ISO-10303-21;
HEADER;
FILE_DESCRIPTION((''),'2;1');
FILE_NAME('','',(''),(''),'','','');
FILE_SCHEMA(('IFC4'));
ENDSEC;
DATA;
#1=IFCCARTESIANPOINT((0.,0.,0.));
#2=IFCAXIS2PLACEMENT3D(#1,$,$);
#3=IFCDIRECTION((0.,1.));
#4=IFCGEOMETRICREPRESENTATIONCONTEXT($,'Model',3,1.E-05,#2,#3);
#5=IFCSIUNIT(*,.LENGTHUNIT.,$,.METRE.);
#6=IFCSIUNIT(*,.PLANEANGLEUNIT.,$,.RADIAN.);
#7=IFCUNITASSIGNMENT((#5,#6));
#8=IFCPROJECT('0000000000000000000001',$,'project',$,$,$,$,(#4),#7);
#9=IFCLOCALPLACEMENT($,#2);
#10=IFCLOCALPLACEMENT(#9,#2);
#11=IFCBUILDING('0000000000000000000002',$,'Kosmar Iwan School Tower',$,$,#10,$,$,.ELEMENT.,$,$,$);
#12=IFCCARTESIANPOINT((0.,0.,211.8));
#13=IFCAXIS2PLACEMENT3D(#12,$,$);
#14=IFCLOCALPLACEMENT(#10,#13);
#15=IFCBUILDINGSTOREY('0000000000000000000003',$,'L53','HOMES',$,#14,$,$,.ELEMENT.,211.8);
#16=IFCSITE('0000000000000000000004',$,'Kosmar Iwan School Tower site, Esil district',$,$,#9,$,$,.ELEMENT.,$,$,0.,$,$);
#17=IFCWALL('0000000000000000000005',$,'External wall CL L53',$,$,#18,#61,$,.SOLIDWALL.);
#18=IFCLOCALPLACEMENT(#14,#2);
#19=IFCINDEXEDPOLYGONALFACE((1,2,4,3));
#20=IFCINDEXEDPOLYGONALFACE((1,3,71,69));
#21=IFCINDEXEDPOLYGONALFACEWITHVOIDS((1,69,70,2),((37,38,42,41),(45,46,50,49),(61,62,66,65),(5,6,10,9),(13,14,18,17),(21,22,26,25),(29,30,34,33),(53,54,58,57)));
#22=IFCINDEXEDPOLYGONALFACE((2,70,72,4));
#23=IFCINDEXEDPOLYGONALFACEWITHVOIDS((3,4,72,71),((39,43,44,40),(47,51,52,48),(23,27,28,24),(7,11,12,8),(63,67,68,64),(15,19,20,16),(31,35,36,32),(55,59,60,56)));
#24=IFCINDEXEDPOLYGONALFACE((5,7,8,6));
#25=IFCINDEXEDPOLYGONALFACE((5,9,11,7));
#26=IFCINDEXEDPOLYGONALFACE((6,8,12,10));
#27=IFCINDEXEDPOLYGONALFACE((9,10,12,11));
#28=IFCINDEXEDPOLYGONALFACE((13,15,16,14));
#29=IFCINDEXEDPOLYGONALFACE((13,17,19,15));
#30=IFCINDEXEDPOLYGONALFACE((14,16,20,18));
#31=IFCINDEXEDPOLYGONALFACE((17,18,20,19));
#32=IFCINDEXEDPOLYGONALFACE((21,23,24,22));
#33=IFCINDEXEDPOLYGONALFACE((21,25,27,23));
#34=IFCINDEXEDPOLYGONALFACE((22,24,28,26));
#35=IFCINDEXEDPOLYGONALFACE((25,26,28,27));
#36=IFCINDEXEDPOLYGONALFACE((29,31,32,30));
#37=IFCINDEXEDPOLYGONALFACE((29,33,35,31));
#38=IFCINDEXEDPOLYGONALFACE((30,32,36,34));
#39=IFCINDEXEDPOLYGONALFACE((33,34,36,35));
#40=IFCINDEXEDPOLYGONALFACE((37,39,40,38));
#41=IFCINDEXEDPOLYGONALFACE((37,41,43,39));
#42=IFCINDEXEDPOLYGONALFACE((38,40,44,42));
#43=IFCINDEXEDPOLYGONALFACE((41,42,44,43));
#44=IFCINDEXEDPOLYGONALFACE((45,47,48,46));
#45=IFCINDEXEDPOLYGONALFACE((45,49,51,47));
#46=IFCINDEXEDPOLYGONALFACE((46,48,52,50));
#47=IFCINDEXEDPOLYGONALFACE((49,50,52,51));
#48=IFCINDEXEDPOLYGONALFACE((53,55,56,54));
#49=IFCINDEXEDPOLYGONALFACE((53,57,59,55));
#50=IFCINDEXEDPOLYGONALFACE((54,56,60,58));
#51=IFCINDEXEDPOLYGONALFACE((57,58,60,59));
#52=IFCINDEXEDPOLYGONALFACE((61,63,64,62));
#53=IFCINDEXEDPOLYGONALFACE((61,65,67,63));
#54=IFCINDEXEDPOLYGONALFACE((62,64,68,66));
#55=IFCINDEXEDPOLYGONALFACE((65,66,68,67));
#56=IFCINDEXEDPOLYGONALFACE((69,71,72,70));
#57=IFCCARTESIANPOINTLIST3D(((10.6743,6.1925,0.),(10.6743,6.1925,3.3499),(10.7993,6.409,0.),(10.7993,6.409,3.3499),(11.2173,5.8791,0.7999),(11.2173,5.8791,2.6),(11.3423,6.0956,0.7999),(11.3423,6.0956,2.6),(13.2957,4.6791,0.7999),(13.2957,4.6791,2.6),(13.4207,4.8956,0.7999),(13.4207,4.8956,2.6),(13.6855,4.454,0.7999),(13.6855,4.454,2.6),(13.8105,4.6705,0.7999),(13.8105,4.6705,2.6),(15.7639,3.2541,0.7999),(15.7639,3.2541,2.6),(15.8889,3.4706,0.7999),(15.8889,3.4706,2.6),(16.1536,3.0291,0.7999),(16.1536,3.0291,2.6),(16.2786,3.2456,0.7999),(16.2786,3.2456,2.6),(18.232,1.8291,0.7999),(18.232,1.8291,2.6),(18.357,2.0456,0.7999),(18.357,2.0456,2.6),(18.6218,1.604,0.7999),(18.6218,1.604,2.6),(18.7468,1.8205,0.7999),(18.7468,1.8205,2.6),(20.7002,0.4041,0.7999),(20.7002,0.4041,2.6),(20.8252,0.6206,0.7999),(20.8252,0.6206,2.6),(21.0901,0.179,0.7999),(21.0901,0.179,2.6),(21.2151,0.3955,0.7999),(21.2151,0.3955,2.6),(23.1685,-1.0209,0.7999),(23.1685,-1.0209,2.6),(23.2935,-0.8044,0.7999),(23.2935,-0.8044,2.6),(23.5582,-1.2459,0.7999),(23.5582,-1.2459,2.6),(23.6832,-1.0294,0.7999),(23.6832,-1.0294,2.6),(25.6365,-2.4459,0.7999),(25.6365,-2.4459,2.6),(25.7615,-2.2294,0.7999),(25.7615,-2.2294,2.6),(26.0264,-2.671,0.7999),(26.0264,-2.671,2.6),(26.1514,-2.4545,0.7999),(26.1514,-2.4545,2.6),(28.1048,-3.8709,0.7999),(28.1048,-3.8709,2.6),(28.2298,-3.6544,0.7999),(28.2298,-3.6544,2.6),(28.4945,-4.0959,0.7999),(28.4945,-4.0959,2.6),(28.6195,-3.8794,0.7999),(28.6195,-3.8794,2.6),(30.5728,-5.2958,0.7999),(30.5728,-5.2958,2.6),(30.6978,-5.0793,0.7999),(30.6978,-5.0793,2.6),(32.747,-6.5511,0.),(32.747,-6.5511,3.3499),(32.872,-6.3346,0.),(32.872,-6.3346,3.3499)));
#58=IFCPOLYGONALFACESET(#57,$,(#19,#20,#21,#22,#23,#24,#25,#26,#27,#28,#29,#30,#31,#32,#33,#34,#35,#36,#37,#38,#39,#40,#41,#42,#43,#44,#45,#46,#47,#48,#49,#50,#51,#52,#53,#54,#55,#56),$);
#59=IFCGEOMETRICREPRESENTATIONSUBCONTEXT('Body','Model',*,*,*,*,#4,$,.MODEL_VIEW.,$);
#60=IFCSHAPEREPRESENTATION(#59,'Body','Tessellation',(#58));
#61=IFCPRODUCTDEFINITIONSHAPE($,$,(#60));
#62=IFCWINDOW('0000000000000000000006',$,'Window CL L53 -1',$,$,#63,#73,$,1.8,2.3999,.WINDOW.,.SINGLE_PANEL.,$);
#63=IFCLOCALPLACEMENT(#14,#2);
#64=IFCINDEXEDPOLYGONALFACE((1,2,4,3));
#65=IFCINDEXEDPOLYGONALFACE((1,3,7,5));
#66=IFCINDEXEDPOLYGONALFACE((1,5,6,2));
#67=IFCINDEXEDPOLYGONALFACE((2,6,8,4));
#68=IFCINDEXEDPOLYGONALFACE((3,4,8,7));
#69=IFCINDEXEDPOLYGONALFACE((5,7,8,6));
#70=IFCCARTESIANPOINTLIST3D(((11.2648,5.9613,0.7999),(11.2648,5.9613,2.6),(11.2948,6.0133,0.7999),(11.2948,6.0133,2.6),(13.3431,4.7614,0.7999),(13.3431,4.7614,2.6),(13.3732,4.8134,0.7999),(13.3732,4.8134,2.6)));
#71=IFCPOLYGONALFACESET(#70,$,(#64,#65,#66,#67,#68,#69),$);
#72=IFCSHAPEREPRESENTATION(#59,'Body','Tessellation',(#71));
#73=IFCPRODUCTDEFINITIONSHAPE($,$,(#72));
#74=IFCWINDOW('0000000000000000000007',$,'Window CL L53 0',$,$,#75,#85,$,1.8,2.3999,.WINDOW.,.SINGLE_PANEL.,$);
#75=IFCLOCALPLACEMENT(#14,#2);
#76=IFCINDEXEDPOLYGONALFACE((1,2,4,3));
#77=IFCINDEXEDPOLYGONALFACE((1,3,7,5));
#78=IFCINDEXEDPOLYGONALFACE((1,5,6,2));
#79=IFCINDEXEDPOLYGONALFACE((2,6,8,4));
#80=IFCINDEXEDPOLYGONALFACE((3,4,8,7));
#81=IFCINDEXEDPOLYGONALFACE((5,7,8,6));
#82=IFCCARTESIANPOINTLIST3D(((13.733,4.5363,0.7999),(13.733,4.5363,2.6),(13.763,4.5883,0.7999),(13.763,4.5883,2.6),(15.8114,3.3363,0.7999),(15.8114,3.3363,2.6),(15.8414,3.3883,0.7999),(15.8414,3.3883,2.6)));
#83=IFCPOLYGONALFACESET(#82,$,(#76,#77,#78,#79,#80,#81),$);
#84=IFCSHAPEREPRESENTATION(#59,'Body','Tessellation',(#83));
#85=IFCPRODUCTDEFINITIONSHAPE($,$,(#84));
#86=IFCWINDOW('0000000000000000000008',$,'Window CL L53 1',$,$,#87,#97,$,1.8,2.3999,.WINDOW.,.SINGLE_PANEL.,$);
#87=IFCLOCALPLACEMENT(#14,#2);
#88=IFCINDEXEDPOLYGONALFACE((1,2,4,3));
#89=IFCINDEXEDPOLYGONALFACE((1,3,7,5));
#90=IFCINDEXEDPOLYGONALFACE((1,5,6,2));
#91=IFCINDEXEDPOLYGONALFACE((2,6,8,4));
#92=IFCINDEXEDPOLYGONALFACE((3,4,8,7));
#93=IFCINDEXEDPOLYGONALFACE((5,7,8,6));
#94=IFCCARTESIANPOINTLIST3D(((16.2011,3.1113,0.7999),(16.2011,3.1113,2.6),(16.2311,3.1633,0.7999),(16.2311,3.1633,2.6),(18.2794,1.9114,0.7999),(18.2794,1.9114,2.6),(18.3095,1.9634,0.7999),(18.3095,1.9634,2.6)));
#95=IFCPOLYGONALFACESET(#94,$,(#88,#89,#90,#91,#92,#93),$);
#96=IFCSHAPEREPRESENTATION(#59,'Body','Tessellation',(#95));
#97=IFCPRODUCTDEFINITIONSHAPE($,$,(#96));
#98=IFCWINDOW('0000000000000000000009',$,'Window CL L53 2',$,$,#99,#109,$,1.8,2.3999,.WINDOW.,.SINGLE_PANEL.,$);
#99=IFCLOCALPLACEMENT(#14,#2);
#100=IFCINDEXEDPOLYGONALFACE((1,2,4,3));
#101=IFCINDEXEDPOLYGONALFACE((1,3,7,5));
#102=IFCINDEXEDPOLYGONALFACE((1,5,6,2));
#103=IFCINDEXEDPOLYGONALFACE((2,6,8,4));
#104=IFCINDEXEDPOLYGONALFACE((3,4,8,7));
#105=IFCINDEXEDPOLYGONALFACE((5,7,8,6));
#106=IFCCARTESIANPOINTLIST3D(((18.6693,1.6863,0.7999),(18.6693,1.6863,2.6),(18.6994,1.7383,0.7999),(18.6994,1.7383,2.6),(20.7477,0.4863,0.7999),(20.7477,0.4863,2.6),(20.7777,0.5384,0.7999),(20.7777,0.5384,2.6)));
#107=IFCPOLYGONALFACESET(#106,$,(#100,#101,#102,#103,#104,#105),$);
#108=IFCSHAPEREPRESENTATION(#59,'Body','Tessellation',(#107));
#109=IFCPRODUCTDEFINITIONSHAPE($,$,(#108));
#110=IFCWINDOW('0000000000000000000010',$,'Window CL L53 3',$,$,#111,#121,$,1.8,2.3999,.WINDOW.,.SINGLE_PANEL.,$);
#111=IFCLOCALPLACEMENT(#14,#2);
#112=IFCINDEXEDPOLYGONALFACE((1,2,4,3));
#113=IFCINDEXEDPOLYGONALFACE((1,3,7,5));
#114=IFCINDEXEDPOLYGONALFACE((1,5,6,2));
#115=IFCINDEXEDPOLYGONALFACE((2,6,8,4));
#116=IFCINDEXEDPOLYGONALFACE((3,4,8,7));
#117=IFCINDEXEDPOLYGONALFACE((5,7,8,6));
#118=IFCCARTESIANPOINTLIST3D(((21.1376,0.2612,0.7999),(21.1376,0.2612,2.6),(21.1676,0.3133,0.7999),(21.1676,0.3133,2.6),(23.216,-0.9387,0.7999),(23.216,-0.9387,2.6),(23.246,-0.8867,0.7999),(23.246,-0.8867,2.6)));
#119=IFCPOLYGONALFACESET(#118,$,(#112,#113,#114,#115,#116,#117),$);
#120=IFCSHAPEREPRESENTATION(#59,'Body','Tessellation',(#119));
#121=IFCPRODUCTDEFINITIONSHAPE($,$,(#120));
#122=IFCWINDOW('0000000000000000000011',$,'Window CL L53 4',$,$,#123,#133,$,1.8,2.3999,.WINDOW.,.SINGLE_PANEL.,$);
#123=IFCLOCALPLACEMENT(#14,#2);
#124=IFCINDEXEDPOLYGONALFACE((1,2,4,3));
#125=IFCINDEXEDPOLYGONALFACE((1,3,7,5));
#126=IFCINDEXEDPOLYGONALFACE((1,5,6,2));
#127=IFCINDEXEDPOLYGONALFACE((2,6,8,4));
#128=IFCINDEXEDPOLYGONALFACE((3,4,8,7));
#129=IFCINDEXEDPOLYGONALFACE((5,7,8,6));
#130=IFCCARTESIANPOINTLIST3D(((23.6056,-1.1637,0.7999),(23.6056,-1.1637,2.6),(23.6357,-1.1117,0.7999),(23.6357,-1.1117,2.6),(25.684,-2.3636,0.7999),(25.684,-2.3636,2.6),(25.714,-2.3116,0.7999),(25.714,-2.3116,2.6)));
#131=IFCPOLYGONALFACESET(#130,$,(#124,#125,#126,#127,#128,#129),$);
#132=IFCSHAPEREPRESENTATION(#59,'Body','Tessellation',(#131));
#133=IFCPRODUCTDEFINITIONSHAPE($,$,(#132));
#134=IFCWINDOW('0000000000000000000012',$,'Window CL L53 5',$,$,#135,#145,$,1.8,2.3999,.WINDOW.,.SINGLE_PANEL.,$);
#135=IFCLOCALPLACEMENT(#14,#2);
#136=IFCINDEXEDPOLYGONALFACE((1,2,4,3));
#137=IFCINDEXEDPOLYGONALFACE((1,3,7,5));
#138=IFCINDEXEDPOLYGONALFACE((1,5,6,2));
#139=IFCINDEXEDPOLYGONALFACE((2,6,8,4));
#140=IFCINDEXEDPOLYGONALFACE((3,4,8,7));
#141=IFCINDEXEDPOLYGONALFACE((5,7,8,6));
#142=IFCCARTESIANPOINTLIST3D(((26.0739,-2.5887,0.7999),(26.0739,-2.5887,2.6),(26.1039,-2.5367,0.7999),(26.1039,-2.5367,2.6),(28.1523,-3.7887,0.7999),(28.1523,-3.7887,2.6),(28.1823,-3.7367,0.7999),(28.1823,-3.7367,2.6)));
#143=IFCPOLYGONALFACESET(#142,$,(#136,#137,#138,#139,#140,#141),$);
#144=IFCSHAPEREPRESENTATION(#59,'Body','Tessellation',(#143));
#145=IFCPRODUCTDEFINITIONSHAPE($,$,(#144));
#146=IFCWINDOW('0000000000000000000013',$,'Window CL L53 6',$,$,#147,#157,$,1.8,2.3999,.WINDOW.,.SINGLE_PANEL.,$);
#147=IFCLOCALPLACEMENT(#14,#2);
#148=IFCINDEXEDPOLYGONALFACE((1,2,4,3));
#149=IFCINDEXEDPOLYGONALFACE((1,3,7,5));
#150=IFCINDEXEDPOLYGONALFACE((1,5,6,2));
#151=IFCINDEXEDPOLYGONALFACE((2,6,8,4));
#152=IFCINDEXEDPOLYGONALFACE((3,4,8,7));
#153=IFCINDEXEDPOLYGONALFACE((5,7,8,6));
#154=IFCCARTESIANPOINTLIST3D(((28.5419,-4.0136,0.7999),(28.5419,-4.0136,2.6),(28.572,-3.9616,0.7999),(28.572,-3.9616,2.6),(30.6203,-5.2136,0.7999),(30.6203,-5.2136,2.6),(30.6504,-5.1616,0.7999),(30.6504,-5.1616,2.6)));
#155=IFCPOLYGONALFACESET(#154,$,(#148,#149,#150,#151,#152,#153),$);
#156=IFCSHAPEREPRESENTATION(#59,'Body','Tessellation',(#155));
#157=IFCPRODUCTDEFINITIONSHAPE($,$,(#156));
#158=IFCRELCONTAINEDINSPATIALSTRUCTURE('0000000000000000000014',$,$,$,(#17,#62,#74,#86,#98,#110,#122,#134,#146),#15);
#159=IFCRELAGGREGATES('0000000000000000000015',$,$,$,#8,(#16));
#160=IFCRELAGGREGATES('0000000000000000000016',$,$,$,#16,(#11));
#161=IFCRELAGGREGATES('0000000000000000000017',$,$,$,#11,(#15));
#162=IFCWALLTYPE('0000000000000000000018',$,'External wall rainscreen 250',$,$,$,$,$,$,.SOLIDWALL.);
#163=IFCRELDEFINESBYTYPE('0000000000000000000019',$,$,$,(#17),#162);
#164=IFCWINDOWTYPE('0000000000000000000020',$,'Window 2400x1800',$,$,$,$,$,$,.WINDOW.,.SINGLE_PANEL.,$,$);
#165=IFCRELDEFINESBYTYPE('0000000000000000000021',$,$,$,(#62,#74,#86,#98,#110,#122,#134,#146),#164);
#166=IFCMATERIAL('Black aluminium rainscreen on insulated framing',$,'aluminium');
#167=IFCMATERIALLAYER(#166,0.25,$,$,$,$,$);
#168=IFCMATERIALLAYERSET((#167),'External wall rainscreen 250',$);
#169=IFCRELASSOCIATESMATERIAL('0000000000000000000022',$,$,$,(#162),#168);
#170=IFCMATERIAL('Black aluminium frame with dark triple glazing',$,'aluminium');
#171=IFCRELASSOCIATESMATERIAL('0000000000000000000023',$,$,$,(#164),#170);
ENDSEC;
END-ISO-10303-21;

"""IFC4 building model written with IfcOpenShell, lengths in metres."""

from ifc_helpers import new_model, si_unit, direction, frame, frame_2d, origin, place, context, subcontext, project, spatial, rectangle, extrude, material, layer, layer_set, type_object, element, fill, save


model = new_model("IFC4")

# Units and contexts
model_context = context("Model", 3, precision=1e-05, world=origin(), true_north=direction((0.0, 1.0)))
body_context = subcontext(model_context, "Body", "Model", "MODEL_VIEW")
ifc_project = project(units=[si_unit("LENGTHUNIT", "METRE"), si_unit("PLANEANGLEUNIT", "RADIAN")], contexts=[model_context])

# Site, building, storey
site_placement = place(None, origin())
site = spatial("IfcSite", under=ifc_project, at=site_placement, Name="Kosmar Iwan School Tower site, Esil district", CompositionType="ELEMENT", RefElevation=0.0)
building_placement = place(site_placement, origin())
building = spatial("IfcBuilding", under=site, at=building_placement, Name="Kosmar Iwan School Tower", CompositionType="ELEMENT")
storey_placement = place(building_placement, frame((0.0, 0.0, 211.8)))
storey = spatial("IfcBuildingStorey", under=building, at=storey_placement, Name="L53", Description="HOMES", CompositionType="ELEMENT", Elevation=211.8)

# Wall, openings, windows
ifc_material_1 = material(Name="Black aluminium rainscreen on insulated framing", Category="aluminium")
ifc_layer_1 = layer(ifc_material_1, 0.25)
ifc_layer_set_1 = layer_set([ifc_layer_1], Name="External wall rainscreen 250")
wall_type_1 = type_object("IfcWallType", Name="External wall rainscreen 250", PredefinedType="SOLIDWALL", material=ifc_layer_set_1)
wall_1_placement = place(storey_placement, frame((10.7368, 6.3008, 0.0), z_axis=(0.0, 0.0, 1.0), x_axis=(0.866026, -0.499998, 0.0)))
wall_1 = element("IfcWall", 1, at=wall_1_placement, inside=storey, type_object=wall_type_1, Name="External wall CL L53", PredefinedType="SOLIDWALL", context=body_context, shape_type="SweptSolid", body=[
    extrude(rectangle(XDim=25.4873, YDim=0.25, at=frame_2d((12.7437, 0.0))), origin(), (0.0, 0.0, 1.0), 3.3499),
])
opening_1_placement = place(wall_1_placement, frame((0.627, 0.0, 0.8)))
opening_1 = element("IfcOpeningElement", 2, at=opening_1_placement, cuts=wall_1, PredefinedType="OPENING", context=body_context, shape_type="SweptSolid", body=[
    extrude(rectangle(XDim=2.3999, YDim=1.8, at=frame_2d((1.2, 0.8999))), frame((0.0, 0.137, 0.0), z_axis=(0.0, -1.0, 0.0), x_axis=(1.0, 0.0, 0.0)), (0.0, 0.0, 1.0), 0.2739),
])
opening_2_placement = place(wall_1_placement, frame((3.4771, 0.0, 0.8)))
opening_2 = element("IfcOpeningElement", 3, at=opening_2_placement, cuts=wall_1, PredefinedType="OPENING", context=body_context, shape_type="SweptSolid", body=[
    extrude(rectangle(XDim=2.3999, YDim=1.8, at=frame_2d((1.2, 0.8999))), frame((0.0, 0.137, 0.0), z_axis=(0.0, -1.0, 0.0), x_axis=(1.0, 0.0, 0.0)), (0.0, 0.0, 1.0), 0.2739),
])
opening_3_placement = place(wall_1_placement, frame((6.3269, 0.0, 0.8)))
opening_3 = element("IfcOpeningElement", 4, at=opening_3_placement, cuts=wall_1, PredefinedType="OPENING", context=body_context, shape_type="SweptSolid", body=[
    extrude(rectangle(XDim=2.3999, YDim=1.8, at=frame_2d((1.2, 0.8999))), frame((0.0, 0.137, 0.0), z_axis=(0.0, -1.0, 0.0), x_axis=(1.0, 0.0, 0.0)), (0.0, 0.0, 1.0), 0.2739),
])
opening_4_placement = place(wall_1_placement, frame((9.177, 0.0, 0.8)))
opening_4 = element("IfcOpeningElement", 5, at=opening_4_placement, cuts=wall_1, PredefinedType="OPENING", context=body_context, shape_type="SweptSolid", body=[
    extrude(rectangle(XDim=2.3999, YDim=1.8, at=frame_2d((1.2, 0.8999))), frame((0.0, 0.137, 0.0), z_axis=(0.0, -1.0, 0.0), x_axis=(1.0, 0.0, 0.0)), (0.0, 0.0, 1.0), 0.2739),
])
opening_5_placement = place(wall_1_placement, frame((12.0271, 0.0, 0.8)))
opening_5 = element("IfcOpeningElement", 6, at=opening_5_placement, cuts=wall_1, PredefinedType="OPENING", context=body_context, shape_type="SweptSolid", body=[
    extrude(rectangle(XDim=2.3999, YDim=1.8, at=frame_2d((1.2, 0.8999))), frame((0.0, 0.137, 0.0), z_axis=(0.0, -1.0, 0.0), x_axis=(1.0, 0.0, 0.0)), (0.0, 0.0, 1.0), 0.2739),
])
opening_6_placement = place(wall_1_placement, frame((14.877, 0.0, 0.8)))
opening_6 = element("IfcOpeningElement", 7, at=opening_6_placement, cuts=wall_1, PredefinedType="OPENING", context=body_context, shape_type="SweptSolid", body=[
    extrude(rectangle(XDim=2.3999, YDim=1.8, at=frame_2d((1.2, 0.8999))), frame((0.0, 0.137, 0.0), z_axis=(0.0, -1.0, 0.0), x_axis=(1.0, 0.0, 0.0)), (0.0, 0.0, 1.0), 0.2739),
])
opening_7_placement = place(wall_1_placement, frame((17.7271, 0.0, 0.8)))
opening_7 = element("IfcOpeningElement", 8, at=opening_7_placement, cuts=wall_1, PredefinedType="OPENING", context=body_context, shape_type="SweptSolid", body=[
    extrude(rectangle(XDim=2.3999, YDim=1.8, at=frame_2d((1.2, 0.8999))), frame((0.0, 0.137, 0.0), z_axis=(0.0, -1.0, 0.0), x_axis=(1.0, 0.0, 0.0)), (0.0, 0.0, 1.0), 0.2739),
])
opening_8_placement = place(wall_1_placement, frame((20.5769, 0.0, 0.8)))
opening_8 = element("IfcOpeningElement", 9, at=opening_8_placement, cuts=wall_1, PredefinedType="OPENING", context=body_context, shape_type="SweptSolid", body=[
    extrude(rectangle(XDim=2.3999, YDim=1.8, at=frame_2d((1.2, 0.8999))), frame((0.0, 0.137, 0.0), z_axis=(0.0, -1.0, 0.0), x_axis=(1.0, 0.0, 0.0)), (0.0, 0.0, 1.0), 0.2739),
])
ifc_material_2 = material(Name="Black aluminium frame with dark triple glazing", Category="aluminium")
window_type = type_object("IfcWindowType", Name="Window 2400x1800", PartitioningType="SINGLE_PANEL", PredefinedType="WINDOW", material=ifc_material_2)
window_1_placement = place(opening_1_placement, origin())
window_1 = element("IfcWindow", 10, at=window_1_placement, inside=storey, type_object=window_type, Name="Window CL L53 -1", OverallHeight=1.8, OverallWidth=2.3999, PartitioningType="SINGLE_PANEL", PredefinedType="WINDOW", context=body_context, shape_type="SweptSolid", body=[
    extrude(rectangle(XDim=2.3999, YDim=1.8, at=frame_2d((1.2, 0.8999))), frame((0.0, 0.03, 0.0), z_axis=(0.0, -1.0, 0.0), x_axis=(1.0, 0.0, 0.0)), (0.0, 0.0, 1.0), 0.0601),
])
fill(opening_1, window_1)
window_2_placement = place(opening_2_placement, origin())
window_2 = element("IfcWindow", 11, at=window_2_placement, inside=storey, type_object=window_type, Name="Window CL L53 0", OverallHeight=1.8, OverallWidth=2.3999, PartitioningType="SINGLE_PANEL", PredefinedType="WINDOW", context=body_context, shape_type="SweptSolid", body=[
    extrude(rectangle(XDim=2.3999, YDim=1.8, at=frame_2d((1.2, 0.8999))), frame((0.0, 0.03, 0.0), z_axis=(0.0, -1.0, 0.0), x_axis=(1.0, 0.0, 0.0)), (0.0, 0.0, 1.0), 0.0601),
])
fill(opening_2, window_2)
window_3_placement = place(opening_3_placement, origin())
window_3 = element("IfcWindow", 12, at=window_3_placement, inside=storey, type_object=window_type, Name="Window CL L53 1", OverallHeight=1.8, OverallWidth=2.3999, PartitioningType="SINGLE_PANEL", PredefinedType="WINDOW", context=body_context, shape_type="SweptSolid", body=[
    extrude(rectangle(XDim=2.3999, YDim=1.8, at=frame_2d((1.2, 0.8999))), frame((0.0, 0.03, 0.0), z_axis=(0.0, -1.0, 0.0), x_axis=(1.0, 0.0, 0.0)), (0.0, 0.0, 1.0), 0.0601),
])
fill(opening_3, window_3)
window_4_placement = place(opening_4_placement, origin())
window_4 = element("IfcWindow", 13, at=window_4_placement, inside=storey, type_object=window_type, Name="Window CL L53 2", OverallHeight=1.8, OverallWidth=2.3999, PartitioningType="SINGLE_PANEL", PredefinedType="WINDOW", context=body_context, shape_type="SweptSolid", body=[
    extrude(rectangle(XDim=2.3999, YDim=1.8, at=frame_2d((1.2, 0.8999))), frame((0.0, 0.03, 0.0), z_axis=(0.0, -1.0, 0.0), x_axis=(1.0, 0.0, 0.0)), (0.0, 0.0, 1.0), 0.0601),
])
fill(opening_4, window_4)
window_5_placement = place(opening_5_placement, origin())
window_5 = element("IfcWindow", 14, at=window_5_placement, inside=storey, type_object=window_type, Name="Window CL L53 3", OverallHeight=1.8, OverallWidth=2.3999, PartitioningType="SINGLE_PANEL", PredefinedType="WINDOW", context=body_context, shape_type="SweptSolid", body=[
    extrude(rectangle(XDim=2.3999, YDim=1.8, at=frame_2d((1.2, 0.8999))), frame((0.0, 0.03, 0.0), z_axis=(0.0, -1.0, 0.0), x_axis=(1.0, 0.0, 0.0)), (0.0, 0.0, 1.0), 0.0601),
])
fill(opening_5, window_5)
window_6_placement = place(opening_6_placement, origin())
window_6 = element("IfcWindow", 15, at=window_6_placement, inside=storey, type_object=window_type, Name="Window CL L53 4", OverallHeight=1.8, OverallWidth=2.3999, PartitioningType="SINGLE_PANEL", PredefinedType="WINDOW", context=body_context, shape_type="SweptSolid", body=[
    extrude(rectangle(XDim=2.3999, YDim=1.8, at=frame_2d((1.2, 0.8999))), frame((0.0, 0.03, 0.0), z_axis=(0.0, -1.0, 0.0), x_axis=(1.0, 0.0, 0.0)), (0.0, 0.0, 1.0), 0.0601),
])
fill(opening_6, window_6)
window_7_placement = place(opening_7_placement, origin())
window_7 = element("IfcWindow", 16, at=window_7_placement, inside=storey, type_object=window_type, Name="Window CL L53 5", OverallHeight=1.8, OverallWidth=2.3999, PartitioningType="SINGLE_PANEL", PredefinedType="WINDOW", context=body_context, shape_type="SweptSolid", body=[
    extrude(rectangle(XDim=2.3999, YDim=1.8, at=frame_2d((1.2, 0.8999))), frame((0.0, 0.03, 0.0), z_axis=(0.0, -1.0, 0.0), x_axis=(1.0, 0.0, 0.0)), (0.0, 0.0, 1.0), 0.0601),
])
fill(opening_7, window_7)
window_8_placement = place(opening_8_placement, origin())
window_8 = element("IfcWindow", 17, at=window_8_placement, inside=storey, type_object=window_type, Name="Window CL L53 6", OverallHeight=1.8, OverallWidth=2.3999, PartitioningType="SINGLE_PANEL", PredefinedType="WINDOW", context=body_context, shape_type="SweptSolid", body=[
    extrude(rectangle(XDim=2.3999, YDim=1.8, at=frame_2d((1.2, 0.8999))), frame((0.0, 0.03, 0.0), z_axis=(0.0, -1.0, 0.0), x_axis=(1.0, 0.0, 0.0)), (0.0, 0.0, 1.0), 0.0601),
])
fill(opening_8, window_8)

save(model, "model.ifc")
